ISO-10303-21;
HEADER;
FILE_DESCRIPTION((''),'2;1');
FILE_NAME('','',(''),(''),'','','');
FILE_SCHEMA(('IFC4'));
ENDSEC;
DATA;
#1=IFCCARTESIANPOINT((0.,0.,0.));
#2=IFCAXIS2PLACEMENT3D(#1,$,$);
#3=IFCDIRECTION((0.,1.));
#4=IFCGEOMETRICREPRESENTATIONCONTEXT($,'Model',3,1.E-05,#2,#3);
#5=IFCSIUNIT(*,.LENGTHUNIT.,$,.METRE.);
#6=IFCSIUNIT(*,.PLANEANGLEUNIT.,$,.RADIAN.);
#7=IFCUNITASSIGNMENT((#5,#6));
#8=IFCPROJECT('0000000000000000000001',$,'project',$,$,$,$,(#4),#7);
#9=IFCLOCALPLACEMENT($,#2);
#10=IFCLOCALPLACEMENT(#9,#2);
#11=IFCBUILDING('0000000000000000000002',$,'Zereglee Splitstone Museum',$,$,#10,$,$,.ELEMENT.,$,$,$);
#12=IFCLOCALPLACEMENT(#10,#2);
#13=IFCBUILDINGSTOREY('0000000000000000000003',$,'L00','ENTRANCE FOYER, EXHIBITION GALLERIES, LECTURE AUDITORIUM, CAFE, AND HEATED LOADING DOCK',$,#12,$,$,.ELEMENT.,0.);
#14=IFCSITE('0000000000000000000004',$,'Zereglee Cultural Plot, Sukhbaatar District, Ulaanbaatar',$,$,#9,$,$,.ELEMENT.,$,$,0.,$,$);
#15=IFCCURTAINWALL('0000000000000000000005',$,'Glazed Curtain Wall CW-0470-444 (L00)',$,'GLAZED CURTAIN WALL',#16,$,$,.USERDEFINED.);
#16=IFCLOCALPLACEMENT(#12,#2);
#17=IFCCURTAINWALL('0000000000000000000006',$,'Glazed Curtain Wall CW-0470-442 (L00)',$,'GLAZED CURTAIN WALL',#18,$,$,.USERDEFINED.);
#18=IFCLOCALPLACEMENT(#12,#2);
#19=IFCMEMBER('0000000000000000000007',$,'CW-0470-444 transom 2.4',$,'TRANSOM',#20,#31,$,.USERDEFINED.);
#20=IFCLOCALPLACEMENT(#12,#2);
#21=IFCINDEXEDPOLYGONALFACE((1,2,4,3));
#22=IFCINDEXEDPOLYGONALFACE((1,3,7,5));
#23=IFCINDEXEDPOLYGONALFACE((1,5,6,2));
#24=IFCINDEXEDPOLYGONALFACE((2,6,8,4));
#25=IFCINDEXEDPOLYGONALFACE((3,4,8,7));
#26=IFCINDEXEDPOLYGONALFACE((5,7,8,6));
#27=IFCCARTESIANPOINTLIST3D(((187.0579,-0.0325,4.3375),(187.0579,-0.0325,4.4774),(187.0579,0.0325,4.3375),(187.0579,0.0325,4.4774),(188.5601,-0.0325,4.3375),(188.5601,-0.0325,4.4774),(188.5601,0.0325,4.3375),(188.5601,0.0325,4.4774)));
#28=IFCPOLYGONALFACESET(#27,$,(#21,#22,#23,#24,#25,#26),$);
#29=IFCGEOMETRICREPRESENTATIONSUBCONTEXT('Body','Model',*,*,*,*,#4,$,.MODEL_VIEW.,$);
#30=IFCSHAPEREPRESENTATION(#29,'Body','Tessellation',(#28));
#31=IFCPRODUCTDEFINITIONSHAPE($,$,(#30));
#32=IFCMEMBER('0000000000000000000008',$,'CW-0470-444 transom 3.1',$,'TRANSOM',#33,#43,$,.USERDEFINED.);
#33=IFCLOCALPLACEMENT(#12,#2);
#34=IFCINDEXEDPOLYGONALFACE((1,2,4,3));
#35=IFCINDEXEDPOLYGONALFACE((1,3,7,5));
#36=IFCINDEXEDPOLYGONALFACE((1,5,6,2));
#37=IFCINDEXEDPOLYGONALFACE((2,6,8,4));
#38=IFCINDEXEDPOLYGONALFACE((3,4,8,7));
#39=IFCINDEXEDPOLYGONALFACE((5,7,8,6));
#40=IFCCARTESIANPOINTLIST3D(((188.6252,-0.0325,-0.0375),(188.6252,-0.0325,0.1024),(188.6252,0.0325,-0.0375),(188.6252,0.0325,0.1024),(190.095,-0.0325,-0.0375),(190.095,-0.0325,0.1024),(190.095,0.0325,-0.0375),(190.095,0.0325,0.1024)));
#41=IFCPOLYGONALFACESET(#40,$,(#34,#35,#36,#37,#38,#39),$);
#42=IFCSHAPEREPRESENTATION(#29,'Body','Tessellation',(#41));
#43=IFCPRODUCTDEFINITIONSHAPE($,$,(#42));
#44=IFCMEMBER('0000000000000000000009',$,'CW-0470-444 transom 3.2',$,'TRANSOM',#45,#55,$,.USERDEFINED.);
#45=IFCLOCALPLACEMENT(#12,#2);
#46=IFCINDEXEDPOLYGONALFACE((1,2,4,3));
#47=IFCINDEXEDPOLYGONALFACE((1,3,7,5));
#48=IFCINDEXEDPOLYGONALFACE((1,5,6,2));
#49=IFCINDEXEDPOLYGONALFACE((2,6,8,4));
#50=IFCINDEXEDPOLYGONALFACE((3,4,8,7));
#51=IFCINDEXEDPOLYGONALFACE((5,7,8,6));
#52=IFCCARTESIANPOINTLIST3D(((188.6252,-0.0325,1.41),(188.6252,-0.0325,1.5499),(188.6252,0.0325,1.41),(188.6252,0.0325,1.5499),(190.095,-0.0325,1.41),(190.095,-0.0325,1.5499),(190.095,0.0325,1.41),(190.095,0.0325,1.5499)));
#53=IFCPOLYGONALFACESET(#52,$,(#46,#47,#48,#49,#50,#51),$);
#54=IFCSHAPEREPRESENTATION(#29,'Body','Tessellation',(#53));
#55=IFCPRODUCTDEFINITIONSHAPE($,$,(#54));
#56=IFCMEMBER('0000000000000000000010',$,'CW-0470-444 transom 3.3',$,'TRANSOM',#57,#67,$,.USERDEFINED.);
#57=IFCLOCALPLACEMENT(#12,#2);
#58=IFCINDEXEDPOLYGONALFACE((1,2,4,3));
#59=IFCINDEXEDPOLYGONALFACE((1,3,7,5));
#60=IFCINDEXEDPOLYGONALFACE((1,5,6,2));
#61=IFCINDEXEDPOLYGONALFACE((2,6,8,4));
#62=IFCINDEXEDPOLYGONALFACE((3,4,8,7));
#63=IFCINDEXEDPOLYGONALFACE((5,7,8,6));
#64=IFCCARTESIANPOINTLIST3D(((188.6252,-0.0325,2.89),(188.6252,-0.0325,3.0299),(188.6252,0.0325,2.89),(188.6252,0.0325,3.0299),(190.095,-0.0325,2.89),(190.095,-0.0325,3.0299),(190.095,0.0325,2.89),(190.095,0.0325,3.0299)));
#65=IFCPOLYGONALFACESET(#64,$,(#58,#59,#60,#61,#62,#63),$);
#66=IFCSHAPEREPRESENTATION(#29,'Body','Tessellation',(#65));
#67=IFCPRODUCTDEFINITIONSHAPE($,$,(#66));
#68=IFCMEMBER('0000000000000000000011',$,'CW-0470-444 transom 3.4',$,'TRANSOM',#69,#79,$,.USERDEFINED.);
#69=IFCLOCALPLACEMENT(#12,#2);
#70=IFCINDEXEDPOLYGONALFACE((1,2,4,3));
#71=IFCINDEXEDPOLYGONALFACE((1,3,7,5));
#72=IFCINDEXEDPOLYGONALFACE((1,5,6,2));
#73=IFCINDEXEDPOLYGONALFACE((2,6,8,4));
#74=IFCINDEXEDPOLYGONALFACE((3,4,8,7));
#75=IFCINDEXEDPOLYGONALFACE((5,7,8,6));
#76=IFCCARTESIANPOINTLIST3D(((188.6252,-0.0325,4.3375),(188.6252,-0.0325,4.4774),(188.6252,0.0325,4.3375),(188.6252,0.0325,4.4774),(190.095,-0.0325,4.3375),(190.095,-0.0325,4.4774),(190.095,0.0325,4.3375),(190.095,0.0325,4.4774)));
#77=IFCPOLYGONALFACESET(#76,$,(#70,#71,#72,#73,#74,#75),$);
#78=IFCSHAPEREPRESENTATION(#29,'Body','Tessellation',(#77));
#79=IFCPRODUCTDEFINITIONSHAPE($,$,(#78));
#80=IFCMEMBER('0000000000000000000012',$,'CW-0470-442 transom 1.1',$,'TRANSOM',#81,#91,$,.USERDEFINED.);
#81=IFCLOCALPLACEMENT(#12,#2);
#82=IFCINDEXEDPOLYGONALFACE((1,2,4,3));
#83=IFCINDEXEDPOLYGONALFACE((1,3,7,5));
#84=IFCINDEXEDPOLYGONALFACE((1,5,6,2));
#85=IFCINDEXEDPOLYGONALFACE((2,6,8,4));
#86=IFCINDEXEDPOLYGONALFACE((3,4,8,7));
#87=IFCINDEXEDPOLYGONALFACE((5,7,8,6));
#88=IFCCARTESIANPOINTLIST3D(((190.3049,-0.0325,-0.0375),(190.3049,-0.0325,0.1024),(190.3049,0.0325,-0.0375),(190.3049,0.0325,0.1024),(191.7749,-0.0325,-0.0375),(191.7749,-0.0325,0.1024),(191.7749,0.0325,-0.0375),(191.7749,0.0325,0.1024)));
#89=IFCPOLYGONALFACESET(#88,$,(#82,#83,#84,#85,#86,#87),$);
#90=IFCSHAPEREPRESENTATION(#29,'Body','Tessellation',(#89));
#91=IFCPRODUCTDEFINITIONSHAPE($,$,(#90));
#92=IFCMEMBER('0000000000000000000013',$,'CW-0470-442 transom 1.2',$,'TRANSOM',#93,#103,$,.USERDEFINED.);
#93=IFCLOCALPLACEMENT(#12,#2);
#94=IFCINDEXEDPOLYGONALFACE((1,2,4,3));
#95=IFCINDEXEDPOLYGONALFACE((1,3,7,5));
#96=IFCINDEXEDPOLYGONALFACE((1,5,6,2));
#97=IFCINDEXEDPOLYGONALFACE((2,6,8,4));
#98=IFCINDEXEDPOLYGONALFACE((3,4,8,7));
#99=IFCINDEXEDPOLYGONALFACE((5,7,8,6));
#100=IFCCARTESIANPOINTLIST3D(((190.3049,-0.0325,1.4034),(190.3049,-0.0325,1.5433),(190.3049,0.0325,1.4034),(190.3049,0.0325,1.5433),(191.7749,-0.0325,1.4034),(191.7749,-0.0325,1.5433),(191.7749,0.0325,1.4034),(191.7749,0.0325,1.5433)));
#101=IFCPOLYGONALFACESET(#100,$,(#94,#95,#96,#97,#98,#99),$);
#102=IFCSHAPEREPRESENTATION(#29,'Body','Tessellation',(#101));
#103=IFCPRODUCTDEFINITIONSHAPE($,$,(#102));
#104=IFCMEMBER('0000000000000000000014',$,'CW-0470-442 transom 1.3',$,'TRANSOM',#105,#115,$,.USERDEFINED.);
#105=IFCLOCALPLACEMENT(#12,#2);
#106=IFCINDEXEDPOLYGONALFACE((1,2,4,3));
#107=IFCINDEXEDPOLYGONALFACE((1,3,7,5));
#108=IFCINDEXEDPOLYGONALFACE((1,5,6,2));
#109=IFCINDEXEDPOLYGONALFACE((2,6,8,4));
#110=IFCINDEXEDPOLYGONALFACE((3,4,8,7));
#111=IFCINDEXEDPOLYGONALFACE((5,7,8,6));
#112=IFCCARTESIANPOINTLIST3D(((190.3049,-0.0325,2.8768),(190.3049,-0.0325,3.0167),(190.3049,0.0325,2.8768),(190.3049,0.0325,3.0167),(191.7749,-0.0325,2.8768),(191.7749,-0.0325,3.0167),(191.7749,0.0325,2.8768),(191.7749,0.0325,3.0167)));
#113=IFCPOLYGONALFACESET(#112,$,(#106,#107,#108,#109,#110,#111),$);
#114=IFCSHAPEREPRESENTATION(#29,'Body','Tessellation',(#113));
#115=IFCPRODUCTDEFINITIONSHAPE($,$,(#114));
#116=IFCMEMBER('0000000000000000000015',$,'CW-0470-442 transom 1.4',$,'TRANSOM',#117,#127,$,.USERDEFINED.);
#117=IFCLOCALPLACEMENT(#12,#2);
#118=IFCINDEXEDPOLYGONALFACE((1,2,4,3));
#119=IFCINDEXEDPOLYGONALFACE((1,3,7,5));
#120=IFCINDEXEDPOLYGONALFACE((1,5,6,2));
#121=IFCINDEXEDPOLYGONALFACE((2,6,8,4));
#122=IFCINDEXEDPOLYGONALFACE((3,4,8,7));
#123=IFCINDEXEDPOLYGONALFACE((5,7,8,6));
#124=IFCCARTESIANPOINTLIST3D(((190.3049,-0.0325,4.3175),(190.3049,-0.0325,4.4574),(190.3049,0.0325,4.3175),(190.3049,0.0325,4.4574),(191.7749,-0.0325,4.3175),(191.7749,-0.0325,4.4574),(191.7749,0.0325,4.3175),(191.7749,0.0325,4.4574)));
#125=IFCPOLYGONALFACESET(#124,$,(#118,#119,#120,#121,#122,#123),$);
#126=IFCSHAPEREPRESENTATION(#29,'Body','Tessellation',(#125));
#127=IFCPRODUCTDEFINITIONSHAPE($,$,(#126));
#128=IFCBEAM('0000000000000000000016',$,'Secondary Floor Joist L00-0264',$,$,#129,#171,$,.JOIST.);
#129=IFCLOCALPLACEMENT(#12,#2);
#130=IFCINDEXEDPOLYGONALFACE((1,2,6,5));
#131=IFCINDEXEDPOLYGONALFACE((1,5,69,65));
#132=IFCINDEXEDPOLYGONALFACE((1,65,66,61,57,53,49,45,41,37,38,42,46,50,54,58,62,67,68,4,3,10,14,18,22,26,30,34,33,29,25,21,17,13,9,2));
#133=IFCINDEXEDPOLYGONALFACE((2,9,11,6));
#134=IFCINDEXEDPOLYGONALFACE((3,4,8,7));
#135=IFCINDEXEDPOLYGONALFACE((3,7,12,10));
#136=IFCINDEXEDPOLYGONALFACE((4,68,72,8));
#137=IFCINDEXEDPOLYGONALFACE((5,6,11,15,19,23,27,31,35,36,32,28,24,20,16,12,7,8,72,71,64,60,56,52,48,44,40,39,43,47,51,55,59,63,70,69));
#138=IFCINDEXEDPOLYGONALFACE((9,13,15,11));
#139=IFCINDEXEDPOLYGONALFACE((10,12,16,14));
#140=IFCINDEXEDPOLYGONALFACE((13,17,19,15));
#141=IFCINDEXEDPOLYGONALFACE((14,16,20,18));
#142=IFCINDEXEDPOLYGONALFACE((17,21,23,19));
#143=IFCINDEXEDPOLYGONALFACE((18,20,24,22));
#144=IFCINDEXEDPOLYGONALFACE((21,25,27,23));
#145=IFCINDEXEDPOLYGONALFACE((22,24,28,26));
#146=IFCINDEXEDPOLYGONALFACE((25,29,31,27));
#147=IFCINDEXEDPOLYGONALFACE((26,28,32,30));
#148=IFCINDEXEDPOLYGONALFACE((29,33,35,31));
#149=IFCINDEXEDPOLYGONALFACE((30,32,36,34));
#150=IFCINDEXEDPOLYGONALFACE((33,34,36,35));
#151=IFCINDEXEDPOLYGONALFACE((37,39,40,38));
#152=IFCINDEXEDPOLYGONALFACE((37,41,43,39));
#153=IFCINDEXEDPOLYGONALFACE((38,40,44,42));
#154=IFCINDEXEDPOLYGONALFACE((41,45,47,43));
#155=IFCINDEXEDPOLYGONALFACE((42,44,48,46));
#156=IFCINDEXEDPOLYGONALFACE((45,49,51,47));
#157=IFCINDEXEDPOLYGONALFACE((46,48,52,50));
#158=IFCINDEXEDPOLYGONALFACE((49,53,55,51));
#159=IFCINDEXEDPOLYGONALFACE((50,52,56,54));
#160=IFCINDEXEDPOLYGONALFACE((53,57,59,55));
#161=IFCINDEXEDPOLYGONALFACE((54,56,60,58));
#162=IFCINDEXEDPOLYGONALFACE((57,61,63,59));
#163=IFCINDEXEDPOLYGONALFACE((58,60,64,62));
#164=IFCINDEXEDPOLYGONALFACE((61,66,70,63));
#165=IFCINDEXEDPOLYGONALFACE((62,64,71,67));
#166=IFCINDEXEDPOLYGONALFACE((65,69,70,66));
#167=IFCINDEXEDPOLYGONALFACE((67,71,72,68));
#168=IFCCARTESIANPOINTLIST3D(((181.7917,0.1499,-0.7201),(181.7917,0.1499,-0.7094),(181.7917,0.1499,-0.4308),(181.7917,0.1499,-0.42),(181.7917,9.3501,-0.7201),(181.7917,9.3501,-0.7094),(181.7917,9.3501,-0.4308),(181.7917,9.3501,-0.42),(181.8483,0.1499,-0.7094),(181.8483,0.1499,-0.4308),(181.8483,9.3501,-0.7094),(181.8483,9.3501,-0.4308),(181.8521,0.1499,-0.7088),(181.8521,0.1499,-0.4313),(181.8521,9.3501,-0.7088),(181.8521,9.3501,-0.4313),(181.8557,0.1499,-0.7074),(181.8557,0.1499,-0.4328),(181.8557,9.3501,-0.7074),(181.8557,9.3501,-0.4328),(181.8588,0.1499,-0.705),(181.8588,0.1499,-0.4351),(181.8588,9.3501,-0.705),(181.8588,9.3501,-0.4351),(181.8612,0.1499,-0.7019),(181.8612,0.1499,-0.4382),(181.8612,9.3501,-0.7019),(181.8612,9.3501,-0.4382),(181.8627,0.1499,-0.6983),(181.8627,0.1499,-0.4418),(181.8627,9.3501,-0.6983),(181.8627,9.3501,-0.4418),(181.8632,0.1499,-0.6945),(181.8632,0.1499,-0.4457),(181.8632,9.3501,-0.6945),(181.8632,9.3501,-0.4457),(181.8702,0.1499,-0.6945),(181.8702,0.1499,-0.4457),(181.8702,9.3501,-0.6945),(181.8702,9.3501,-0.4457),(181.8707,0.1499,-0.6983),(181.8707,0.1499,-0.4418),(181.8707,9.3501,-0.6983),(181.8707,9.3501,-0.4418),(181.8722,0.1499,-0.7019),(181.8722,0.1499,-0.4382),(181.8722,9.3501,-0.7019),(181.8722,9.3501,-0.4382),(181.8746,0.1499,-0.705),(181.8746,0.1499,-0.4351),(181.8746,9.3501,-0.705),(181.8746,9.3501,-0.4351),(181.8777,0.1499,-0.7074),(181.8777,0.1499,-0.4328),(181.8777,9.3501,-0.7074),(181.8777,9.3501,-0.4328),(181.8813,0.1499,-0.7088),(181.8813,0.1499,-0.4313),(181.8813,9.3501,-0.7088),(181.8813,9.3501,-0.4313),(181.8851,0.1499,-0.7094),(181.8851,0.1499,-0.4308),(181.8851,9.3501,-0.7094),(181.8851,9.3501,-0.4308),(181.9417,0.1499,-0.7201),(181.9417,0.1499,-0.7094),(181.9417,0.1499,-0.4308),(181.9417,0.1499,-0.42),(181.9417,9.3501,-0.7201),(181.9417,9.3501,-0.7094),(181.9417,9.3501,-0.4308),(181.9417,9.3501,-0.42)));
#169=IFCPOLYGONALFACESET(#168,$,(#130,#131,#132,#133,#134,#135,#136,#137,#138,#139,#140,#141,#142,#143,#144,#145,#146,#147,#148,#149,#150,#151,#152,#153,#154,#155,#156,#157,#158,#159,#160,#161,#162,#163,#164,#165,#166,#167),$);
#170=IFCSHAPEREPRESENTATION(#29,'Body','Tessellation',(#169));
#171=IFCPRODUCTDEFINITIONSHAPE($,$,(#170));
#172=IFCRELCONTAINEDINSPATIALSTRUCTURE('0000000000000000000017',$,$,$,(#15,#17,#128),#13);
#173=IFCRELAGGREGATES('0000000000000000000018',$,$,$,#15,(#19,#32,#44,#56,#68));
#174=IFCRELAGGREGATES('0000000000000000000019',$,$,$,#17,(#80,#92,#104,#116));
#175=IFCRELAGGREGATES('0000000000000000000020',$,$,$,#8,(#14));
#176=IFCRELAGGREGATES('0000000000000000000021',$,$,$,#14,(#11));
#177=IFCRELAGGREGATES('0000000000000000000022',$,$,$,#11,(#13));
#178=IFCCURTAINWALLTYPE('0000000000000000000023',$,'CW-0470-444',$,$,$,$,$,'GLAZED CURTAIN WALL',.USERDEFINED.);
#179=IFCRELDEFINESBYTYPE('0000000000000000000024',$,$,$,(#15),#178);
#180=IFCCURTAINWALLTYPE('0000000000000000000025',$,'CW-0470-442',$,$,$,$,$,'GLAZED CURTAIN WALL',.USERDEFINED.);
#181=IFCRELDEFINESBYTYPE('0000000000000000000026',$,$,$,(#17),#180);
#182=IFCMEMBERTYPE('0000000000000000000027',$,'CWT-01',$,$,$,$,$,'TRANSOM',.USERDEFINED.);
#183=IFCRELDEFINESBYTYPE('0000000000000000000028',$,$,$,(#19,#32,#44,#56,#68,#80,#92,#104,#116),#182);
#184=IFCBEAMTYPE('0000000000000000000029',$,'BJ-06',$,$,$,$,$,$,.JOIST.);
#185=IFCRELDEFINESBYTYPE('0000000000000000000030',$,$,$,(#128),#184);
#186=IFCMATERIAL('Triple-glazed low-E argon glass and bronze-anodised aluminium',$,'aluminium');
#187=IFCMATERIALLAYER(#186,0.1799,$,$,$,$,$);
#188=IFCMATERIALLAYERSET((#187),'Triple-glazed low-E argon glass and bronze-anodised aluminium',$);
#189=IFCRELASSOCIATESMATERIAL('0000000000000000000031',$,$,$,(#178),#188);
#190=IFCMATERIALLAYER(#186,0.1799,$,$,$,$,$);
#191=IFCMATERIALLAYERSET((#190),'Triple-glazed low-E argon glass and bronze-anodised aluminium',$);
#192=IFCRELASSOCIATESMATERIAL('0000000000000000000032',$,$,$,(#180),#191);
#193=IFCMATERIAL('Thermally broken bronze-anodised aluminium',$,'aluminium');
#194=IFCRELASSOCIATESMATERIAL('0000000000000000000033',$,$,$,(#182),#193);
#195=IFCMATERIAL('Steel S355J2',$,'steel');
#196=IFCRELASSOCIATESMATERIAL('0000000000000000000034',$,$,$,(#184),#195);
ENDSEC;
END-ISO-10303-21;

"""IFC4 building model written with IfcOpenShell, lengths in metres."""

from ifc_helpers import new_model, si_unit, direction, frame, origin, origin_2d, place, context, subcontext, project, spatial, rectangle, i_section, extrude, material, layer, layer_set, material_profile, profile_set, type_object, element, aggregate, save


model = new_model("IFC4")

# Units and contexts
model_context = context("Model", 3, precision=1e-05, world=origin(), true_north=direction((0.0, 1.0)))
body_context = subcontext(model_context, "Body", "Model", "MODEL_VIEW")
ifc_project = project(units=[si_unit("LENGTHUNIT", "METRE"), si_unit("PLANEANGLEUNIT", "RADIAN")], contexts=[model_context])

# Site, building, storey
site_placement = place(None, origin())
site = spatial("IfcSite", under=ifc_project, at=site_placement, Name="Zereglee Cultural Plot, Sukhbaatar District, Ulaanbaatar", CompositionType="ELEMENT", RefElevation=0.0)
building_placement = place(site_placement, origin())
building = spatial("IfcBuilding", under=site, at=building_placement, Name="Zereglee Splitstone Museum", CompositionType="ELEMENT")
storey_placement = place(building_placement, origin())
storey = spatial("IfcBuildingStorey", under=building, at=storey_placement, Name="L00", Description="ENTRANCE FOYER, EXHIBITION GALLERIES, LECTURE AUDITORIUM, CAFE, AND HEATED LOADING DOCK", CompositionType="ELEMENT", Elevation=0.0)

# Curtain wall
ifc_material_1 = material(Name="Triple-glazed low-E argon glass and bronze-anodised aluminium", Category="aluminium")
ifc_layer_1 = layer(ifc_material_1, 0.1799)
ifc_layer_set_1 = layer_set([ifc_layer_1], Name="Triple-glazed low-E argon glass and bronze-anodised aluminium")
curtain_wall_type_1 = type_object("IfcCurtainWallType", Name="CW-0470-444", ElementType="GLAZED CURTAIN WALL", PredefinedType="USERDEFINED", material=ifc_layer_set_1)
curtain_wall_1_placement = place(storey_placement, origin())
curtain_wall_1 = element("IfcCurtainWall", 1, at=curtain_wall_1_placement, inside=storey, type_object=curtain_wall_type_1, Name="Glazed Curtain Wall CW-0470-444 (L00)", ObjectType="GLAZED CURTAIN WALL", PredefinedType="USERDEFINED")
ifc_material_2 = material(Name="Thermally broken bronze-anodised aluminium", Category="aluminium")

# Curtain wall
ifc_layer_2 = layer(ifc_material_1, 0.1799)
ifc_layer_set_2 = layer_set([ifc_layer_2], Name="Triple-glazed low-E argon glass and bronze-anodised aluminium")
curtain_wall_type_2 = type_object("IfcCurtainWallType", Name="CW-0470-442", ElementType="GLAZED CURTAIN WALL", PredefinedType="USERDEFINED", material=ifc_layer_set_2)
curtain_wall_2_placement = place(storey_placement, origin())
curtain_wall_2 = element("IfcCurtainWall", 2, at=curtain_wall_2_placement, inside=storey, type_object=curtain_wall_type_2, Name="Glazed Curtain Wall CW-0470-442 (L00)", ObjectType="GLAZED CURTAIN WALL", PredefinedType="USERDEFINED")

# Members
ifc_material_profile_1 = material_profile(ifc_material_2, rectangle(XDim=0.0649, YDim=0.1399, at=origin_2d()), Name="CW TRAN 65x140")
ifc_profile_set_1 = profile_set([ifc_material_profile_1], Name="Thermally broken bronze-anodised aluminium")
member_type_1 = type_object("IfcMemberType", Name="CWT-01", ElementType="TRANSOM", PredefinedType="USERDEFINED", material=ifc_profile_set_1)
member_1_placement = place(storey_placement, frame((187.0579, 0.0, 4.4075), z_axis=(1.0, 0.0, 0.0), x_axis=(0.0, 1.0, 0.0)))
member_1 = element("IfcMember", 3, at=member_1_placement, type_object=member_type_1, Name="CW-0470-444 transom 2.4", ObjectType="TRANSOM", PredefinedType="USERDEFINED", context=body_context, shape_type="SweptSolid", body=[
    extrude(rectangle(XDim=0.0649, YDim=0.1399, at=origin_2d()), origin(), (0.0, 0.0, 1.0), 1.5022),
])
member_2_placement = place(storey_placement, frame((188.6252, 0.0, 0.0325), z_axis=(1.0, 0.0, 0.0), x_axis=(0.0, 1.0, 0.0)))
member_2 = element("IfcMember", 4, at=member_2_placement, type_object=member_type_1, Name="CW-0470-444 transom 3.1", ObjectType="TRANSOM", PredefinedType="USERDEFINED", context=body_context, shape_type="SweptSolid", body=[
    extrude(rectangle(XDim=0.0649, YDim=0.1399, at=origin_2d()), origin(), (0.0, 0.0, 1.0), 1.4697),
])
member_3_placement = place(storey_placement, frame((188.6252, 0.0, 1.48), z_axis=(1.0, 0.0, 0.0), x_axis=(0.0, 1.0, 0.0)))
member_3 = element("IfcMember", 5, at=member_3_placement, type_object=member_type_1, Name="CW-0470-444 transom 3.2", ObjectType="TRANSOM", PredefinedType="USERDEFINED", context=body_context, shape_type="SweptSolid", body=[
    extrude(rectangle(XDim=0.0649, YDim=0.1399, at=origin_2d()), origin(), (0.0, 0.0, 1.0), 1.4697),
])
member_4_placement = place(storey_placement, frame((188.6252, 0.0, 2.96), z_axis=(1.0, 0.0, 0.0), x_axis=(0.0, 1.0, 0.0)))
member_4 = element("IfcMember", 6, at=member_4_placement, type_object=member_type_1, Name="CW-0470-444 transom 3.3", ObjectType="TRANSOM", PredefinedType="USERDEFINED", context=body_context, shape_type="SweptSolid", body=[
    extrude(rectangle(XDim=0.0649, YDim=0.1399, at=origin_2d()), origin(), (0.0, 0.0, 1.0), 1.4697),
])
member_5_placement = place(storey_placement, frame((188.6252, 0.0, 4.4075), z_axis=(1.0, 0.0, 0.0), x_axis=(0.0, 1.0, 0.0)))
member_5 = element("IfcMember", 7, at=member_5_placement, type_object=member_type_1, Name="CW-0470-444 transom 3.4", ObjectType="TRANSOM", PredefinedType="USERDEFINED", context=body_context, shape_type="SweptSolid", body=[
    extrude(rectangle(XDim=0.0649, YDim=0.1399, at=origin_2d()), origin(), (0.0, 0.0, 1.0), 1.4697),
])
member_6_placement = place(storey_placement, frame((190.3049, 0.0, 0.0325), z_axis=(1.0, 0.0, 0.0), x_axis=(0.0, 1.0, 0.0)))
member_6 = element("IfcMember", 8, at=member_6_placement, type_object=member_type_1, Name="CW-0470-442 transom 1.1", ObjectType="TRANSOM", PredefinedType="USERDEFINED", context=body_context, shape_type="SweptSolid", body=[
    extrude(rectangle(XDim=0.0649, YDim=0.1399, at=origin_2d()), origin(), (0.0, 0.0, 1.0), 1.47),
])
member_7_placement = place(storey_placement, frame((190.3049, 0.0, 1.4734), z_axis=(1.0, 0.0, 0.0), x_axis=(0.0, 1.0, 0.0)))
member_7 = element("IfcMember", 9, at=member_7_placement, type_object=member_type_1, Name="CW-0470-442 transom 1.2", ObjectType="TRANSOM", PredefinedType="USERDEFINED", context=body_context, shape_type="SweptSolid", body=[
    extrude(rectangle(XDim=0.0649, YDim=0.1399, at=origin_2d()), origin(), (0.0, 0.0, 1.0), 1.47),
])
member_8_placement = place(storey_placement, frame((190.3049, 0.0, 2.9468), z_axis=(1.0, 0.0, 0.0), x_axis=(0.0, 1.0, 0.0)))
member_8 = element("IfcMember", 10, at=member_8_placement, type_object=member_type_1, Name="CW-0470-442 transom 1.3", ObjectType="TRANSOM", PredefinedType="USERDEFINED", context=body_context, shape_type="SweptSolid", body=[
    extrude(rectangle(XDim=0.0649, YDim=0.1399, at=origin_2d()), origin(), (0.0, 0.0, 1.0), 1.47),
])
member_9_placement = place(storey_placement, frame((190.3049, 0.0, 4.3875), z_axis=(1.0, 0.0, 0.0), x_axis=(0.0, 1.0, 0.0)))
member_9 = element("IfcMember", 11, at=member_9_placement, type_object=member_type_1, Name="CW-0470-442 transom 1.4", ObjectType="TRANSOM", PredefinedType="USERDEFINED", context=body_context, shape_type="SweptSolid", body=[
    extrude(rectangle(XDim=0.0649, YDim=0.1399, at=origin_2d()), origin(), (0.0, 0.0, 1.0), 1.47),
])

# Beam
ifc_material_3 = material(Name="Steel S355J2", Category="steel")
ifc_material_profile_2 = material_profile(ifc_material_3, i_section(OverallWidth=0.1499, OverallDepth=0.3, WebThickness=0.0071, FlangeThickness=0.0107, FilletRadius=0.0149, at=origin_2d()), Name="IPE 300")
ifc_profile_set_2 = profile_set([ifc_material_profile_2], Name="Steel S355J2")
beam_type_1 = type_object("IfcBeamType", Name="BJ-06", PredefinedType="JOIST", material=ifc_profile_set_2)
beam_1_placement = place(storey_placement, frame((181.8667, 0.1499, -0.5701), z_axis=(0.0, 1.0, 0.0), x_axis=(-1.0, 0.0, 0.0)))
element("IfcBeam", 12, at=beam_1_placement, inside=storey, type_object=beam_type_1, Name="Secondary Floor Joist L00-0264", PredefinedType="JOIST", context=body_context, shape_type="SweptSolid", body=[
    extrude(i_section(OverallWidth=0.1499, OverallDepth=0.3, WebThickness=0.0071, FlangeThickness=0.0107, FilletRadius=0.0149, at=origin_2d()), origin(), (0.0, 0.0, 1.0), 9.2002),
])

aggregate(curtain_wall_1, [member_1, member_2, member_3, member_4, member_5])
aggregate(curtain_wall_2, [member_6, member_7, member_8, member_9])

save(model, "model.ifc")
